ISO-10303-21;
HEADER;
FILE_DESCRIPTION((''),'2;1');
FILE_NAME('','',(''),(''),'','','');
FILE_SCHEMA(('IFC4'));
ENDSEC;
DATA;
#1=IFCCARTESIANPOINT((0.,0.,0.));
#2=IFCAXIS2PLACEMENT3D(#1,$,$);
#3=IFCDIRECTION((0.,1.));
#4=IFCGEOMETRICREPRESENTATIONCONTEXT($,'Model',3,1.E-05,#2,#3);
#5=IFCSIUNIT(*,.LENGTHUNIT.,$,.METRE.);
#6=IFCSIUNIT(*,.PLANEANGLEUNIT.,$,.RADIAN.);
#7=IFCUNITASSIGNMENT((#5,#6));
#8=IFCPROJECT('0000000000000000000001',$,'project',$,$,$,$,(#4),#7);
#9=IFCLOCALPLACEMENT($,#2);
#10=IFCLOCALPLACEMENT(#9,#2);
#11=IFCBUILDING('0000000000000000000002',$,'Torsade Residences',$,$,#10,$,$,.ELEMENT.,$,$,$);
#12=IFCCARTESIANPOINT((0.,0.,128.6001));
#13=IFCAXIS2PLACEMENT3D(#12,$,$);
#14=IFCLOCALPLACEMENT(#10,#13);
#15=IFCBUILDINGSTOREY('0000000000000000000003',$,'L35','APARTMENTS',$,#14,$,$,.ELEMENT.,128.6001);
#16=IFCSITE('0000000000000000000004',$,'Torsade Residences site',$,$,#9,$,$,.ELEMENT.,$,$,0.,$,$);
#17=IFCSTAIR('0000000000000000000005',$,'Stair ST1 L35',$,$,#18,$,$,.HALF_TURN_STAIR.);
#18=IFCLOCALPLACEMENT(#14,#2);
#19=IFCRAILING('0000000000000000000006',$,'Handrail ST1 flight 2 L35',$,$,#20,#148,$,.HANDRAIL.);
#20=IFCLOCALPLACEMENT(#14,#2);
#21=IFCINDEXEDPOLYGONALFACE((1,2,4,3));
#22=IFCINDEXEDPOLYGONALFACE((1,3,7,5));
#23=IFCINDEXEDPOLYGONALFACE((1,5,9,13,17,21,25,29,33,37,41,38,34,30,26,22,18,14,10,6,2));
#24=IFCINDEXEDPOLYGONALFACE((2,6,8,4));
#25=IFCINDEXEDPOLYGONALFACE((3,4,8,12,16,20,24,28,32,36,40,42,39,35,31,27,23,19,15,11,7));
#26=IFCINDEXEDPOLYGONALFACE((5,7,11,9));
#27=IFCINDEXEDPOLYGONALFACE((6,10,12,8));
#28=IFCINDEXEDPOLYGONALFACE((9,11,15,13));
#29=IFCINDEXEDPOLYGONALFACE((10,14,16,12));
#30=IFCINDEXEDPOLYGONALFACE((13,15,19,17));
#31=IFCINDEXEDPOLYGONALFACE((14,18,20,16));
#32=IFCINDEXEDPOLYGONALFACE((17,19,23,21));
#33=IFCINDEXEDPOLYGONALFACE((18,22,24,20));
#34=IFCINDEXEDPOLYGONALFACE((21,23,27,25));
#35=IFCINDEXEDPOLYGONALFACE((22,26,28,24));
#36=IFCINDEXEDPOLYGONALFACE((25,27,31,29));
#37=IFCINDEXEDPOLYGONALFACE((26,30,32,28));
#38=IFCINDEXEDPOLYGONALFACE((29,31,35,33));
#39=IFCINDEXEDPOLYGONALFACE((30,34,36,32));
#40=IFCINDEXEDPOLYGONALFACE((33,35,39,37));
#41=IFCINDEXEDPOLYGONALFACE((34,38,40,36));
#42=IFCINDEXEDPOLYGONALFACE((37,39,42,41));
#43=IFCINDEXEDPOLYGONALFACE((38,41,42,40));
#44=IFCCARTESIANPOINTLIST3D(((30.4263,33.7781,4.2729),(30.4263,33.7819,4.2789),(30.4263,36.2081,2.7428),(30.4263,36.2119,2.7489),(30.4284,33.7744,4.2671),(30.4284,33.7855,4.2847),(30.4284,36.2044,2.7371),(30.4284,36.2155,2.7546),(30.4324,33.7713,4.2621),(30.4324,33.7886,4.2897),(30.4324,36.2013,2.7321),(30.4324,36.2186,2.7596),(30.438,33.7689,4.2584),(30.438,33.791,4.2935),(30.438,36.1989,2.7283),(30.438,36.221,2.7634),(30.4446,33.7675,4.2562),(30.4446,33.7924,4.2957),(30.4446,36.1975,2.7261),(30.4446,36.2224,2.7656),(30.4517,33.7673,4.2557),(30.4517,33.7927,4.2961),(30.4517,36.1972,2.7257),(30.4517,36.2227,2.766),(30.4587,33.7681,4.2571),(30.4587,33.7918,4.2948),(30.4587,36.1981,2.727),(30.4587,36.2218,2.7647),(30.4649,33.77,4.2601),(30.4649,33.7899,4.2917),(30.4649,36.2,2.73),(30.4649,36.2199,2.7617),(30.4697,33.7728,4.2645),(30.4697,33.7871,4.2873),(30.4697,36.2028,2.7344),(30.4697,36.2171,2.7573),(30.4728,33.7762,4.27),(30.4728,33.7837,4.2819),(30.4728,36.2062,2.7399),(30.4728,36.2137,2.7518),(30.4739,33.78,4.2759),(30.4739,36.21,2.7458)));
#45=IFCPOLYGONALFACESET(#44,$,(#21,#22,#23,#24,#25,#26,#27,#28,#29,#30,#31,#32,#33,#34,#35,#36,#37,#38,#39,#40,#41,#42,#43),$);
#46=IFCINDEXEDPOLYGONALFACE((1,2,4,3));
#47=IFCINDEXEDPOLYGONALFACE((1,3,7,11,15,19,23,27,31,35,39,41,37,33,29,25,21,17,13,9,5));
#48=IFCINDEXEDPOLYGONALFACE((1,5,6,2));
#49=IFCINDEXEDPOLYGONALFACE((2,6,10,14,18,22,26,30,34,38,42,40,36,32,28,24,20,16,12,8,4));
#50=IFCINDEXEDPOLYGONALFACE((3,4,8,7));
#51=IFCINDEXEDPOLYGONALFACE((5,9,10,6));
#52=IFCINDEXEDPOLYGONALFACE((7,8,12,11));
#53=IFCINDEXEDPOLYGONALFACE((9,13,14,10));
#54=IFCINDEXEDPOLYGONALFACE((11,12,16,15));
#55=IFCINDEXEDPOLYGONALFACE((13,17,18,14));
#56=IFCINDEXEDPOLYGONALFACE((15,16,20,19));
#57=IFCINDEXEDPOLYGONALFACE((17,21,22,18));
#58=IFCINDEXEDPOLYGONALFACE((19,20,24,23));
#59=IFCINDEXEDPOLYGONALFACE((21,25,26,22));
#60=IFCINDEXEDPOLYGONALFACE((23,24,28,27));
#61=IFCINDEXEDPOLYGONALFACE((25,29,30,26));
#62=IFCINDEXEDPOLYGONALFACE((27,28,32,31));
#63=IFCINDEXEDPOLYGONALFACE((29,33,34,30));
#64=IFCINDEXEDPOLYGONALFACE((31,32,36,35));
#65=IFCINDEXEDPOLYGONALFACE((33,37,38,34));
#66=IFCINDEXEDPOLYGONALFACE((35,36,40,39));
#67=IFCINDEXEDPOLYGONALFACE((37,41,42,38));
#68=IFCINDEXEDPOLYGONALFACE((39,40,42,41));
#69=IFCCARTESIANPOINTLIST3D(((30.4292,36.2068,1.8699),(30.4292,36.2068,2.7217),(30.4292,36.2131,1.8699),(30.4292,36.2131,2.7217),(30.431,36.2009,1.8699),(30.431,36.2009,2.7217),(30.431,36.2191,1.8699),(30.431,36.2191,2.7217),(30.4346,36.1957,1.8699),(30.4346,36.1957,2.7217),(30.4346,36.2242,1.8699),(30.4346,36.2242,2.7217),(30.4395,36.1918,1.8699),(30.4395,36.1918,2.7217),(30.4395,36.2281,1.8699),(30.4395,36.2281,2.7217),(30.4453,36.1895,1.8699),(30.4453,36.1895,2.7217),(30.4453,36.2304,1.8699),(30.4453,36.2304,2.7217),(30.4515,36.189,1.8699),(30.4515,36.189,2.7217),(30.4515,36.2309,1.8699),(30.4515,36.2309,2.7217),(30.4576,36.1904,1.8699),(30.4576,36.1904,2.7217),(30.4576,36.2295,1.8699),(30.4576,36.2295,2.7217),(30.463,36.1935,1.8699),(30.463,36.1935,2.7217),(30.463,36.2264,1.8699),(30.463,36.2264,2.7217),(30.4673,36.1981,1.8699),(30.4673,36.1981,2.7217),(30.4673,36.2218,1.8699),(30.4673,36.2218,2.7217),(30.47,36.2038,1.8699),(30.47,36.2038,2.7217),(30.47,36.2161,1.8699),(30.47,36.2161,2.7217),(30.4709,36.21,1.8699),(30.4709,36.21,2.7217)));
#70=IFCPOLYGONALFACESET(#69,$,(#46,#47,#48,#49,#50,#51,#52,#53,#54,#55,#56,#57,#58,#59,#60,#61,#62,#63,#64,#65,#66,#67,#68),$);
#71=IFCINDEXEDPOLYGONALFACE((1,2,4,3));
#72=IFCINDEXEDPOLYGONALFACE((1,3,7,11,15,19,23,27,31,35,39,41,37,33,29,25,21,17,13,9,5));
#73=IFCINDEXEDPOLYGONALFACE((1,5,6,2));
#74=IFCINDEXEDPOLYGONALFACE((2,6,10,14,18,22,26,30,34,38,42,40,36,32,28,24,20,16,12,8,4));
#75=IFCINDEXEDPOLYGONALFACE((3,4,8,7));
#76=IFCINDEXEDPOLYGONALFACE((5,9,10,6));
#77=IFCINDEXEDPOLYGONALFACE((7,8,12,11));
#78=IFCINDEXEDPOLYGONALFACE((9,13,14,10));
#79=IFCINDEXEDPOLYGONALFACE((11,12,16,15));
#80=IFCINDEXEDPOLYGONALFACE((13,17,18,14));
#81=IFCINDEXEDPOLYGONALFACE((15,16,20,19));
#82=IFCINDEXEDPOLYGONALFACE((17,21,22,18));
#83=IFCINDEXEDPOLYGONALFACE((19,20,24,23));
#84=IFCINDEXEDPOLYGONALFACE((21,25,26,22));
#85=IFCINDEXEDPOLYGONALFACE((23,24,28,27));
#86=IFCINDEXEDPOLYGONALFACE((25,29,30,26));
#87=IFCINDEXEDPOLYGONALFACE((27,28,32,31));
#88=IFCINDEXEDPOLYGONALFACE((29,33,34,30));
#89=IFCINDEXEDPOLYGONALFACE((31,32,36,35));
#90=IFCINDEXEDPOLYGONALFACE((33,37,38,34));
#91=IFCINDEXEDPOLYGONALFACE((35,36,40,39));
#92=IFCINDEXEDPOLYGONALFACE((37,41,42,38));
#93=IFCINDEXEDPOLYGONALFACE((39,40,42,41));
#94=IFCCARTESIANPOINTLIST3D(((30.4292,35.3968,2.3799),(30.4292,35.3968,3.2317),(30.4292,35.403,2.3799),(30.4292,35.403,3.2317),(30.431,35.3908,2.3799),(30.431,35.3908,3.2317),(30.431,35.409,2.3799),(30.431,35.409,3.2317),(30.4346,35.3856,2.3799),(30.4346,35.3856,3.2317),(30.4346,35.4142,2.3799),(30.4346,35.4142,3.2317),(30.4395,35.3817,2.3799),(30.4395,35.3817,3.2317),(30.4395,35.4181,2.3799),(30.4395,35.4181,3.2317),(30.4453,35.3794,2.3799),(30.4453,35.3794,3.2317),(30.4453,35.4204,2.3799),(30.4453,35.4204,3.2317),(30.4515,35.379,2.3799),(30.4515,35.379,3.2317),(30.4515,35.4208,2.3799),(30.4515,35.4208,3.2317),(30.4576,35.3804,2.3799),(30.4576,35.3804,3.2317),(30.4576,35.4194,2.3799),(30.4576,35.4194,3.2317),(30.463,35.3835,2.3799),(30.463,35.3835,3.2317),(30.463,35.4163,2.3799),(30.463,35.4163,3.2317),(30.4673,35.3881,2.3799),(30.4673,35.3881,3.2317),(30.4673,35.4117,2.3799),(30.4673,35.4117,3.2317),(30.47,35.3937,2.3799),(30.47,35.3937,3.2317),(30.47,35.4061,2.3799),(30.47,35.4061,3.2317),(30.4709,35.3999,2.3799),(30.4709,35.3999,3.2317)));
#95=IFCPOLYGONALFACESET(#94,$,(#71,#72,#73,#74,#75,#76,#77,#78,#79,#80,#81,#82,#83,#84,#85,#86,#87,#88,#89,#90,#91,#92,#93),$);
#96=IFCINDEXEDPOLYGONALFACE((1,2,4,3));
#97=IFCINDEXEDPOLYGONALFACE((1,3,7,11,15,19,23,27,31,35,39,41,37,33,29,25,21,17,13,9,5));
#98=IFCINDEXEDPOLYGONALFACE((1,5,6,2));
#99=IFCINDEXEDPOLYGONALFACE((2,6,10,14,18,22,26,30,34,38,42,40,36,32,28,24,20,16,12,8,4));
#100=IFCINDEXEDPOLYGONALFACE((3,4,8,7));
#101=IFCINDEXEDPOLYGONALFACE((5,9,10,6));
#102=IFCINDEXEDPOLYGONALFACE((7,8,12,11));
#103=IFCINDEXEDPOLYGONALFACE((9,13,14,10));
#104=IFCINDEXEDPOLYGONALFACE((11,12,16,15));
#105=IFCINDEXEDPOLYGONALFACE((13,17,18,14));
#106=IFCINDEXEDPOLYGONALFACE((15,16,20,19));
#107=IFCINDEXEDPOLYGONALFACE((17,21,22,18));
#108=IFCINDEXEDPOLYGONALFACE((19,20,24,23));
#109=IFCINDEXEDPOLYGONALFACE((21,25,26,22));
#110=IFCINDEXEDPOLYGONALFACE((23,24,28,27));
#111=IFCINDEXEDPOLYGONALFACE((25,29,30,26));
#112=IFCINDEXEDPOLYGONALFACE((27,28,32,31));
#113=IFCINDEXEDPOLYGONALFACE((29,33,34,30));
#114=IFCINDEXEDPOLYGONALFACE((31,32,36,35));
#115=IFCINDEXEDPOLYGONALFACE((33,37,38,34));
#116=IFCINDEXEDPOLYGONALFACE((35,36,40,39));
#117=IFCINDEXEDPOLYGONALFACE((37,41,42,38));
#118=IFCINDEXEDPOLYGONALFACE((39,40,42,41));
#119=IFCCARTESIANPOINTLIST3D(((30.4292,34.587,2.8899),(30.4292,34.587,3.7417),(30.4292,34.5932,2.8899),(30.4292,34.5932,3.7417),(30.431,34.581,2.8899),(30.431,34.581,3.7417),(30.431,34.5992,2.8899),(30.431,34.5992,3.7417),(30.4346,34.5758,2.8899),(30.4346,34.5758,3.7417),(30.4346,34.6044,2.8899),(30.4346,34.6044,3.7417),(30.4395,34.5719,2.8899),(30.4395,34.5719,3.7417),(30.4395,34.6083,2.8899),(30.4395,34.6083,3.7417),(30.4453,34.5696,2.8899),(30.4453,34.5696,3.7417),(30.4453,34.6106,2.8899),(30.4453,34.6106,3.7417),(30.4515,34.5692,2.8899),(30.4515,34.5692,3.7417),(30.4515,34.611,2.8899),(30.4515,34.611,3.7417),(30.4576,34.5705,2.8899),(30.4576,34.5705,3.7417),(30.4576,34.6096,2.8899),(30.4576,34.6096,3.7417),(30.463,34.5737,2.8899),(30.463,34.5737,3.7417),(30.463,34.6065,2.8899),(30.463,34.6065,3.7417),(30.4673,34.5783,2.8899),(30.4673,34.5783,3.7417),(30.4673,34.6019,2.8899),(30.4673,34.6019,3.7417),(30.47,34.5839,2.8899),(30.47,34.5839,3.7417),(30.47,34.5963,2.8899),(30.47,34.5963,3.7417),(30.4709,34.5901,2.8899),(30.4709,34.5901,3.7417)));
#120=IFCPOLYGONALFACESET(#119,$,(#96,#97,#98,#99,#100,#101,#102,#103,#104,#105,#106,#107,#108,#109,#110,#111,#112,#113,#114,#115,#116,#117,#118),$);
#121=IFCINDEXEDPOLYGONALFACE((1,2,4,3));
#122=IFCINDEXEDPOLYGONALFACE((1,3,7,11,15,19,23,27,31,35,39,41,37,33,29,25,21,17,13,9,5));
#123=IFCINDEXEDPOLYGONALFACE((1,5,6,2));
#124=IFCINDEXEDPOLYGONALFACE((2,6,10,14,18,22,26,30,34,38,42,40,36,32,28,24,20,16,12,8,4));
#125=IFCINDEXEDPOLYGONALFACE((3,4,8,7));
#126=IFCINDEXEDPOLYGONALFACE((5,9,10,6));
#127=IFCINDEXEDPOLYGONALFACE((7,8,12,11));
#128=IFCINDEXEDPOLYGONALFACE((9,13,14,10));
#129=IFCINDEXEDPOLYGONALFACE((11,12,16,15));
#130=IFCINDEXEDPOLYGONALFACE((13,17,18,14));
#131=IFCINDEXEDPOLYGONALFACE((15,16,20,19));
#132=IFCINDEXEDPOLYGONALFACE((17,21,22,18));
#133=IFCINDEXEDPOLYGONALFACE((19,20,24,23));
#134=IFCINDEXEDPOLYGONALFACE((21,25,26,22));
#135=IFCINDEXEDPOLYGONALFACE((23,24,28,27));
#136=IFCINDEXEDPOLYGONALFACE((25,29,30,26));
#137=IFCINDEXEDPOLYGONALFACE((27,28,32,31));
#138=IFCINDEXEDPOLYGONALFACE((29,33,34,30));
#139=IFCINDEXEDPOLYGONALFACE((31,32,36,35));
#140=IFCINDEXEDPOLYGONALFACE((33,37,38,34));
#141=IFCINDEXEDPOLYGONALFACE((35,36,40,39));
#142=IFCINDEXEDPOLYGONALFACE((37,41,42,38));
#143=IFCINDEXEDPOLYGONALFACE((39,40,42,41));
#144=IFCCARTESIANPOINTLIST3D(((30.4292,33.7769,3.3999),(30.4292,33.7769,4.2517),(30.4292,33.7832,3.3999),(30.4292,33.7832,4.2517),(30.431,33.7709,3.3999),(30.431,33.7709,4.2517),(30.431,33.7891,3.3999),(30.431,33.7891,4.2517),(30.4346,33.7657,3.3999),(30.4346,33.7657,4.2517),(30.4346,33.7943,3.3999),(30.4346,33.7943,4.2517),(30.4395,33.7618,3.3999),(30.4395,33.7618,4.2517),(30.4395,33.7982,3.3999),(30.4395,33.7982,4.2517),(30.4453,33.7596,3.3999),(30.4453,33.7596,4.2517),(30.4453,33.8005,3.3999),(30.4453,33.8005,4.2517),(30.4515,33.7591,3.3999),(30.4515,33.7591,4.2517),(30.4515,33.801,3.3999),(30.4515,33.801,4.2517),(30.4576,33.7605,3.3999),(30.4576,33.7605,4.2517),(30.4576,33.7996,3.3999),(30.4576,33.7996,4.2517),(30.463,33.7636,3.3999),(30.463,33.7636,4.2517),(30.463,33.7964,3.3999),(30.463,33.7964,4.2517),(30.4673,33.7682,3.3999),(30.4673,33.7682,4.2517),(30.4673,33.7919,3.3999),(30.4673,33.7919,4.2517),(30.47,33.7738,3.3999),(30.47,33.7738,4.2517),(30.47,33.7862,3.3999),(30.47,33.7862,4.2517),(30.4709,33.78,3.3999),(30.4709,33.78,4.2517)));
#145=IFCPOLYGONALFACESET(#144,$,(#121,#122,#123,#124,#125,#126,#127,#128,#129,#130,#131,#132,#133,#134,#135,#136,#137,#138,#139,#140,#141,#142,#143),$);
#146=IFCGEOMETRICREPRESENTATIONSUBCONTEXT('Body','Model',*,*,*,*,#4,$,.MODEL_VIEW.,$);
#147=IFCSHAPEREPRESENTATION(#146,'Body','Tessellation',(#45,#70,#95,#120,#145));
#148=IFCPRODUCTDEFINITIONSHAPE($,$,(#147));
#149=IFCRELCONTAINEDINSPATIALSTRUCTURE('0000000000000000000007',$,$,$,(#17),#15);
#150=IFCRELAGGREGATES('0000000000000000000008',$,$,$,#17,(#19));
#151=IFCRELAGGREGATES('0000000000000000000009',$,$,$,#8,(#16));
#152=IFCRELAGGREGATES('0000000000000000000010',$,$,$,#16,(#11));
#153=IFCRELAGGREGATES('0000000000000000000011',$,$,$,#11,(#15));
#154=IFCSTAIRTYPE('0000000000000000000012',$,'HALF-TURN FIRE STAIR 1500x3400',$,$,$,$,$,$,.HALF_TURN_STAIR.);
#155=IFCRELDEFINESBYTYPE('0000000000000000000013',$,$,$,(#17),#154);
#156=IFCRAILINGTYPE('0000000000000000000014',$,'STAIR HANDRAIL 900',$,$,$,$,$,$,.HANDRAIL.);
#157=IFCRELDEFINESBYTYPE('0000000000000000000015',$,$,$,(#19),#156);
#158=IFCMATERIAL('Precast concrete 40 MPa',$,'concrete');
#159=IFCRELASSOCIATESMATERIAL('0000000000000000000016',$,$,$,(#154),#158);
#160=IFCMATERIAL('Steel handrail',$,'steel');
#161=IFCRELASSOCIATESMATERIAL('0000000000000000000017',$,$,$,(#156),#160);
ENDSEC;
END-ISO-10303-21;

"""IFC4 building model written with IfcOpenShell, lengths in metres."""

from ifc_helpers import new_model, si_unit, direction, frame, origin, origin_2d, place, context, subcontext, project, spatial, circle, extrude, material, type_object, element, aggregate, save


model = new_model("IFC4")

# Units and contexts
model_context = context("Model", 3, precision=1e-05, world=origin(), true_north=direction((0.0, 1.0)))
body_context = subcontext(model_context, "Body", "Model", "MODEL_VIEW")
ifc_project = project(units=[si_unit("LENGTHUNIT", "METRE"), si_unit("PLANEANGLEUNIT", "RADIAN")], contexts=[model_context])

# Site, building, storey
site_placement = place(None, origin())
site = spatial("IfcSite", under=ifc_project, at=site_placement, Name="Torsade Residences site", CompositionType="ELEMENT", RefElevation=0.0)
building_placement = place(site_placement, origin())
building = spatial("IfcBuilding", under=site, at=building_placement, Name="Torsade Residences", CompositionType="ELEMENT")
storey_placement = place(building_placement, frame((0.0, 0.0, 128.6001)))
storey = spatial("IfcBuildingStorey", under=building, at=storey_placement, Name="L35", Description="APARTMENTS", CompositionType="ELEMENT", Elevation=128.6001)

# Stair, railing
ifc_material_1 = material(Name="Precast concrete 40 MPa", Category="concrete")
stair_type = type_object("IfcStairType", Name="HALF-TURN FIRE STAIR 1500x3400", PredefinedType="HALF_TURN_STAIR", material=ifc_material_1)
stair_placement = place(storey_placement, origin())
stair = element("IfcStair", 1, at=stair_placement, inside=storey, type_object=stair_type, Name="Stair ST1 L35", PredefinedType="HALF_TURN_STAIR")
ifc_material_2 = material(Name="Steel handrail", Category="steel")
railing_type = type_object("IfcRailingType", Name="STAIR HANDRAIL 900", PredefinedType="HANDRAIL", material=ifc_material_2)
railing_1_placement = place(storey_placement, frame((30.45, 36.21, 1.8699)))
railing_1 = element("IfcRailing", 2, at=railing_1_placement, type_object=railing_type, Name="Handrail ST1 flight 2 L35", PredefinedType="HANDRAIL", context=body_context, shape_type="SweptSolid", body=[
    extrude(circle(Radius=0.0239, at=origin_2d()), frame((0.0, 0.0, 0.876), z_axis=(0.0, -0.846221, 0.532831), x_axis=(1.0, 0.0, 0.0)), (0.0, 0.0, 1.0), 2.8716),
    extrude(circle(Radius=0.021, at=origin_2d()), origin(), (0.0, 0.0, 1.0), 0.8518),
    extrude(circle(Radius=0.021, at=origin_2d()), frame((0.0, -0.8101, 0.51)), (0.0, 0.0, 1.0), 0.8518),
    extrude(circle(Radius=0.021, at=origin_2d()), frame((0.0, -1.6199, 1.02)), (0.0, 0.0, 1.0), 0.8518),
    extrude(circle(Radius=0.021, at=origin_2d()), frame((0.0, -2.4299, 1.53)), (0.0, 0.0, 1.0), 0.8518),
])
aggregate(stair, [railing_1])

save(model, "model.ifc")
